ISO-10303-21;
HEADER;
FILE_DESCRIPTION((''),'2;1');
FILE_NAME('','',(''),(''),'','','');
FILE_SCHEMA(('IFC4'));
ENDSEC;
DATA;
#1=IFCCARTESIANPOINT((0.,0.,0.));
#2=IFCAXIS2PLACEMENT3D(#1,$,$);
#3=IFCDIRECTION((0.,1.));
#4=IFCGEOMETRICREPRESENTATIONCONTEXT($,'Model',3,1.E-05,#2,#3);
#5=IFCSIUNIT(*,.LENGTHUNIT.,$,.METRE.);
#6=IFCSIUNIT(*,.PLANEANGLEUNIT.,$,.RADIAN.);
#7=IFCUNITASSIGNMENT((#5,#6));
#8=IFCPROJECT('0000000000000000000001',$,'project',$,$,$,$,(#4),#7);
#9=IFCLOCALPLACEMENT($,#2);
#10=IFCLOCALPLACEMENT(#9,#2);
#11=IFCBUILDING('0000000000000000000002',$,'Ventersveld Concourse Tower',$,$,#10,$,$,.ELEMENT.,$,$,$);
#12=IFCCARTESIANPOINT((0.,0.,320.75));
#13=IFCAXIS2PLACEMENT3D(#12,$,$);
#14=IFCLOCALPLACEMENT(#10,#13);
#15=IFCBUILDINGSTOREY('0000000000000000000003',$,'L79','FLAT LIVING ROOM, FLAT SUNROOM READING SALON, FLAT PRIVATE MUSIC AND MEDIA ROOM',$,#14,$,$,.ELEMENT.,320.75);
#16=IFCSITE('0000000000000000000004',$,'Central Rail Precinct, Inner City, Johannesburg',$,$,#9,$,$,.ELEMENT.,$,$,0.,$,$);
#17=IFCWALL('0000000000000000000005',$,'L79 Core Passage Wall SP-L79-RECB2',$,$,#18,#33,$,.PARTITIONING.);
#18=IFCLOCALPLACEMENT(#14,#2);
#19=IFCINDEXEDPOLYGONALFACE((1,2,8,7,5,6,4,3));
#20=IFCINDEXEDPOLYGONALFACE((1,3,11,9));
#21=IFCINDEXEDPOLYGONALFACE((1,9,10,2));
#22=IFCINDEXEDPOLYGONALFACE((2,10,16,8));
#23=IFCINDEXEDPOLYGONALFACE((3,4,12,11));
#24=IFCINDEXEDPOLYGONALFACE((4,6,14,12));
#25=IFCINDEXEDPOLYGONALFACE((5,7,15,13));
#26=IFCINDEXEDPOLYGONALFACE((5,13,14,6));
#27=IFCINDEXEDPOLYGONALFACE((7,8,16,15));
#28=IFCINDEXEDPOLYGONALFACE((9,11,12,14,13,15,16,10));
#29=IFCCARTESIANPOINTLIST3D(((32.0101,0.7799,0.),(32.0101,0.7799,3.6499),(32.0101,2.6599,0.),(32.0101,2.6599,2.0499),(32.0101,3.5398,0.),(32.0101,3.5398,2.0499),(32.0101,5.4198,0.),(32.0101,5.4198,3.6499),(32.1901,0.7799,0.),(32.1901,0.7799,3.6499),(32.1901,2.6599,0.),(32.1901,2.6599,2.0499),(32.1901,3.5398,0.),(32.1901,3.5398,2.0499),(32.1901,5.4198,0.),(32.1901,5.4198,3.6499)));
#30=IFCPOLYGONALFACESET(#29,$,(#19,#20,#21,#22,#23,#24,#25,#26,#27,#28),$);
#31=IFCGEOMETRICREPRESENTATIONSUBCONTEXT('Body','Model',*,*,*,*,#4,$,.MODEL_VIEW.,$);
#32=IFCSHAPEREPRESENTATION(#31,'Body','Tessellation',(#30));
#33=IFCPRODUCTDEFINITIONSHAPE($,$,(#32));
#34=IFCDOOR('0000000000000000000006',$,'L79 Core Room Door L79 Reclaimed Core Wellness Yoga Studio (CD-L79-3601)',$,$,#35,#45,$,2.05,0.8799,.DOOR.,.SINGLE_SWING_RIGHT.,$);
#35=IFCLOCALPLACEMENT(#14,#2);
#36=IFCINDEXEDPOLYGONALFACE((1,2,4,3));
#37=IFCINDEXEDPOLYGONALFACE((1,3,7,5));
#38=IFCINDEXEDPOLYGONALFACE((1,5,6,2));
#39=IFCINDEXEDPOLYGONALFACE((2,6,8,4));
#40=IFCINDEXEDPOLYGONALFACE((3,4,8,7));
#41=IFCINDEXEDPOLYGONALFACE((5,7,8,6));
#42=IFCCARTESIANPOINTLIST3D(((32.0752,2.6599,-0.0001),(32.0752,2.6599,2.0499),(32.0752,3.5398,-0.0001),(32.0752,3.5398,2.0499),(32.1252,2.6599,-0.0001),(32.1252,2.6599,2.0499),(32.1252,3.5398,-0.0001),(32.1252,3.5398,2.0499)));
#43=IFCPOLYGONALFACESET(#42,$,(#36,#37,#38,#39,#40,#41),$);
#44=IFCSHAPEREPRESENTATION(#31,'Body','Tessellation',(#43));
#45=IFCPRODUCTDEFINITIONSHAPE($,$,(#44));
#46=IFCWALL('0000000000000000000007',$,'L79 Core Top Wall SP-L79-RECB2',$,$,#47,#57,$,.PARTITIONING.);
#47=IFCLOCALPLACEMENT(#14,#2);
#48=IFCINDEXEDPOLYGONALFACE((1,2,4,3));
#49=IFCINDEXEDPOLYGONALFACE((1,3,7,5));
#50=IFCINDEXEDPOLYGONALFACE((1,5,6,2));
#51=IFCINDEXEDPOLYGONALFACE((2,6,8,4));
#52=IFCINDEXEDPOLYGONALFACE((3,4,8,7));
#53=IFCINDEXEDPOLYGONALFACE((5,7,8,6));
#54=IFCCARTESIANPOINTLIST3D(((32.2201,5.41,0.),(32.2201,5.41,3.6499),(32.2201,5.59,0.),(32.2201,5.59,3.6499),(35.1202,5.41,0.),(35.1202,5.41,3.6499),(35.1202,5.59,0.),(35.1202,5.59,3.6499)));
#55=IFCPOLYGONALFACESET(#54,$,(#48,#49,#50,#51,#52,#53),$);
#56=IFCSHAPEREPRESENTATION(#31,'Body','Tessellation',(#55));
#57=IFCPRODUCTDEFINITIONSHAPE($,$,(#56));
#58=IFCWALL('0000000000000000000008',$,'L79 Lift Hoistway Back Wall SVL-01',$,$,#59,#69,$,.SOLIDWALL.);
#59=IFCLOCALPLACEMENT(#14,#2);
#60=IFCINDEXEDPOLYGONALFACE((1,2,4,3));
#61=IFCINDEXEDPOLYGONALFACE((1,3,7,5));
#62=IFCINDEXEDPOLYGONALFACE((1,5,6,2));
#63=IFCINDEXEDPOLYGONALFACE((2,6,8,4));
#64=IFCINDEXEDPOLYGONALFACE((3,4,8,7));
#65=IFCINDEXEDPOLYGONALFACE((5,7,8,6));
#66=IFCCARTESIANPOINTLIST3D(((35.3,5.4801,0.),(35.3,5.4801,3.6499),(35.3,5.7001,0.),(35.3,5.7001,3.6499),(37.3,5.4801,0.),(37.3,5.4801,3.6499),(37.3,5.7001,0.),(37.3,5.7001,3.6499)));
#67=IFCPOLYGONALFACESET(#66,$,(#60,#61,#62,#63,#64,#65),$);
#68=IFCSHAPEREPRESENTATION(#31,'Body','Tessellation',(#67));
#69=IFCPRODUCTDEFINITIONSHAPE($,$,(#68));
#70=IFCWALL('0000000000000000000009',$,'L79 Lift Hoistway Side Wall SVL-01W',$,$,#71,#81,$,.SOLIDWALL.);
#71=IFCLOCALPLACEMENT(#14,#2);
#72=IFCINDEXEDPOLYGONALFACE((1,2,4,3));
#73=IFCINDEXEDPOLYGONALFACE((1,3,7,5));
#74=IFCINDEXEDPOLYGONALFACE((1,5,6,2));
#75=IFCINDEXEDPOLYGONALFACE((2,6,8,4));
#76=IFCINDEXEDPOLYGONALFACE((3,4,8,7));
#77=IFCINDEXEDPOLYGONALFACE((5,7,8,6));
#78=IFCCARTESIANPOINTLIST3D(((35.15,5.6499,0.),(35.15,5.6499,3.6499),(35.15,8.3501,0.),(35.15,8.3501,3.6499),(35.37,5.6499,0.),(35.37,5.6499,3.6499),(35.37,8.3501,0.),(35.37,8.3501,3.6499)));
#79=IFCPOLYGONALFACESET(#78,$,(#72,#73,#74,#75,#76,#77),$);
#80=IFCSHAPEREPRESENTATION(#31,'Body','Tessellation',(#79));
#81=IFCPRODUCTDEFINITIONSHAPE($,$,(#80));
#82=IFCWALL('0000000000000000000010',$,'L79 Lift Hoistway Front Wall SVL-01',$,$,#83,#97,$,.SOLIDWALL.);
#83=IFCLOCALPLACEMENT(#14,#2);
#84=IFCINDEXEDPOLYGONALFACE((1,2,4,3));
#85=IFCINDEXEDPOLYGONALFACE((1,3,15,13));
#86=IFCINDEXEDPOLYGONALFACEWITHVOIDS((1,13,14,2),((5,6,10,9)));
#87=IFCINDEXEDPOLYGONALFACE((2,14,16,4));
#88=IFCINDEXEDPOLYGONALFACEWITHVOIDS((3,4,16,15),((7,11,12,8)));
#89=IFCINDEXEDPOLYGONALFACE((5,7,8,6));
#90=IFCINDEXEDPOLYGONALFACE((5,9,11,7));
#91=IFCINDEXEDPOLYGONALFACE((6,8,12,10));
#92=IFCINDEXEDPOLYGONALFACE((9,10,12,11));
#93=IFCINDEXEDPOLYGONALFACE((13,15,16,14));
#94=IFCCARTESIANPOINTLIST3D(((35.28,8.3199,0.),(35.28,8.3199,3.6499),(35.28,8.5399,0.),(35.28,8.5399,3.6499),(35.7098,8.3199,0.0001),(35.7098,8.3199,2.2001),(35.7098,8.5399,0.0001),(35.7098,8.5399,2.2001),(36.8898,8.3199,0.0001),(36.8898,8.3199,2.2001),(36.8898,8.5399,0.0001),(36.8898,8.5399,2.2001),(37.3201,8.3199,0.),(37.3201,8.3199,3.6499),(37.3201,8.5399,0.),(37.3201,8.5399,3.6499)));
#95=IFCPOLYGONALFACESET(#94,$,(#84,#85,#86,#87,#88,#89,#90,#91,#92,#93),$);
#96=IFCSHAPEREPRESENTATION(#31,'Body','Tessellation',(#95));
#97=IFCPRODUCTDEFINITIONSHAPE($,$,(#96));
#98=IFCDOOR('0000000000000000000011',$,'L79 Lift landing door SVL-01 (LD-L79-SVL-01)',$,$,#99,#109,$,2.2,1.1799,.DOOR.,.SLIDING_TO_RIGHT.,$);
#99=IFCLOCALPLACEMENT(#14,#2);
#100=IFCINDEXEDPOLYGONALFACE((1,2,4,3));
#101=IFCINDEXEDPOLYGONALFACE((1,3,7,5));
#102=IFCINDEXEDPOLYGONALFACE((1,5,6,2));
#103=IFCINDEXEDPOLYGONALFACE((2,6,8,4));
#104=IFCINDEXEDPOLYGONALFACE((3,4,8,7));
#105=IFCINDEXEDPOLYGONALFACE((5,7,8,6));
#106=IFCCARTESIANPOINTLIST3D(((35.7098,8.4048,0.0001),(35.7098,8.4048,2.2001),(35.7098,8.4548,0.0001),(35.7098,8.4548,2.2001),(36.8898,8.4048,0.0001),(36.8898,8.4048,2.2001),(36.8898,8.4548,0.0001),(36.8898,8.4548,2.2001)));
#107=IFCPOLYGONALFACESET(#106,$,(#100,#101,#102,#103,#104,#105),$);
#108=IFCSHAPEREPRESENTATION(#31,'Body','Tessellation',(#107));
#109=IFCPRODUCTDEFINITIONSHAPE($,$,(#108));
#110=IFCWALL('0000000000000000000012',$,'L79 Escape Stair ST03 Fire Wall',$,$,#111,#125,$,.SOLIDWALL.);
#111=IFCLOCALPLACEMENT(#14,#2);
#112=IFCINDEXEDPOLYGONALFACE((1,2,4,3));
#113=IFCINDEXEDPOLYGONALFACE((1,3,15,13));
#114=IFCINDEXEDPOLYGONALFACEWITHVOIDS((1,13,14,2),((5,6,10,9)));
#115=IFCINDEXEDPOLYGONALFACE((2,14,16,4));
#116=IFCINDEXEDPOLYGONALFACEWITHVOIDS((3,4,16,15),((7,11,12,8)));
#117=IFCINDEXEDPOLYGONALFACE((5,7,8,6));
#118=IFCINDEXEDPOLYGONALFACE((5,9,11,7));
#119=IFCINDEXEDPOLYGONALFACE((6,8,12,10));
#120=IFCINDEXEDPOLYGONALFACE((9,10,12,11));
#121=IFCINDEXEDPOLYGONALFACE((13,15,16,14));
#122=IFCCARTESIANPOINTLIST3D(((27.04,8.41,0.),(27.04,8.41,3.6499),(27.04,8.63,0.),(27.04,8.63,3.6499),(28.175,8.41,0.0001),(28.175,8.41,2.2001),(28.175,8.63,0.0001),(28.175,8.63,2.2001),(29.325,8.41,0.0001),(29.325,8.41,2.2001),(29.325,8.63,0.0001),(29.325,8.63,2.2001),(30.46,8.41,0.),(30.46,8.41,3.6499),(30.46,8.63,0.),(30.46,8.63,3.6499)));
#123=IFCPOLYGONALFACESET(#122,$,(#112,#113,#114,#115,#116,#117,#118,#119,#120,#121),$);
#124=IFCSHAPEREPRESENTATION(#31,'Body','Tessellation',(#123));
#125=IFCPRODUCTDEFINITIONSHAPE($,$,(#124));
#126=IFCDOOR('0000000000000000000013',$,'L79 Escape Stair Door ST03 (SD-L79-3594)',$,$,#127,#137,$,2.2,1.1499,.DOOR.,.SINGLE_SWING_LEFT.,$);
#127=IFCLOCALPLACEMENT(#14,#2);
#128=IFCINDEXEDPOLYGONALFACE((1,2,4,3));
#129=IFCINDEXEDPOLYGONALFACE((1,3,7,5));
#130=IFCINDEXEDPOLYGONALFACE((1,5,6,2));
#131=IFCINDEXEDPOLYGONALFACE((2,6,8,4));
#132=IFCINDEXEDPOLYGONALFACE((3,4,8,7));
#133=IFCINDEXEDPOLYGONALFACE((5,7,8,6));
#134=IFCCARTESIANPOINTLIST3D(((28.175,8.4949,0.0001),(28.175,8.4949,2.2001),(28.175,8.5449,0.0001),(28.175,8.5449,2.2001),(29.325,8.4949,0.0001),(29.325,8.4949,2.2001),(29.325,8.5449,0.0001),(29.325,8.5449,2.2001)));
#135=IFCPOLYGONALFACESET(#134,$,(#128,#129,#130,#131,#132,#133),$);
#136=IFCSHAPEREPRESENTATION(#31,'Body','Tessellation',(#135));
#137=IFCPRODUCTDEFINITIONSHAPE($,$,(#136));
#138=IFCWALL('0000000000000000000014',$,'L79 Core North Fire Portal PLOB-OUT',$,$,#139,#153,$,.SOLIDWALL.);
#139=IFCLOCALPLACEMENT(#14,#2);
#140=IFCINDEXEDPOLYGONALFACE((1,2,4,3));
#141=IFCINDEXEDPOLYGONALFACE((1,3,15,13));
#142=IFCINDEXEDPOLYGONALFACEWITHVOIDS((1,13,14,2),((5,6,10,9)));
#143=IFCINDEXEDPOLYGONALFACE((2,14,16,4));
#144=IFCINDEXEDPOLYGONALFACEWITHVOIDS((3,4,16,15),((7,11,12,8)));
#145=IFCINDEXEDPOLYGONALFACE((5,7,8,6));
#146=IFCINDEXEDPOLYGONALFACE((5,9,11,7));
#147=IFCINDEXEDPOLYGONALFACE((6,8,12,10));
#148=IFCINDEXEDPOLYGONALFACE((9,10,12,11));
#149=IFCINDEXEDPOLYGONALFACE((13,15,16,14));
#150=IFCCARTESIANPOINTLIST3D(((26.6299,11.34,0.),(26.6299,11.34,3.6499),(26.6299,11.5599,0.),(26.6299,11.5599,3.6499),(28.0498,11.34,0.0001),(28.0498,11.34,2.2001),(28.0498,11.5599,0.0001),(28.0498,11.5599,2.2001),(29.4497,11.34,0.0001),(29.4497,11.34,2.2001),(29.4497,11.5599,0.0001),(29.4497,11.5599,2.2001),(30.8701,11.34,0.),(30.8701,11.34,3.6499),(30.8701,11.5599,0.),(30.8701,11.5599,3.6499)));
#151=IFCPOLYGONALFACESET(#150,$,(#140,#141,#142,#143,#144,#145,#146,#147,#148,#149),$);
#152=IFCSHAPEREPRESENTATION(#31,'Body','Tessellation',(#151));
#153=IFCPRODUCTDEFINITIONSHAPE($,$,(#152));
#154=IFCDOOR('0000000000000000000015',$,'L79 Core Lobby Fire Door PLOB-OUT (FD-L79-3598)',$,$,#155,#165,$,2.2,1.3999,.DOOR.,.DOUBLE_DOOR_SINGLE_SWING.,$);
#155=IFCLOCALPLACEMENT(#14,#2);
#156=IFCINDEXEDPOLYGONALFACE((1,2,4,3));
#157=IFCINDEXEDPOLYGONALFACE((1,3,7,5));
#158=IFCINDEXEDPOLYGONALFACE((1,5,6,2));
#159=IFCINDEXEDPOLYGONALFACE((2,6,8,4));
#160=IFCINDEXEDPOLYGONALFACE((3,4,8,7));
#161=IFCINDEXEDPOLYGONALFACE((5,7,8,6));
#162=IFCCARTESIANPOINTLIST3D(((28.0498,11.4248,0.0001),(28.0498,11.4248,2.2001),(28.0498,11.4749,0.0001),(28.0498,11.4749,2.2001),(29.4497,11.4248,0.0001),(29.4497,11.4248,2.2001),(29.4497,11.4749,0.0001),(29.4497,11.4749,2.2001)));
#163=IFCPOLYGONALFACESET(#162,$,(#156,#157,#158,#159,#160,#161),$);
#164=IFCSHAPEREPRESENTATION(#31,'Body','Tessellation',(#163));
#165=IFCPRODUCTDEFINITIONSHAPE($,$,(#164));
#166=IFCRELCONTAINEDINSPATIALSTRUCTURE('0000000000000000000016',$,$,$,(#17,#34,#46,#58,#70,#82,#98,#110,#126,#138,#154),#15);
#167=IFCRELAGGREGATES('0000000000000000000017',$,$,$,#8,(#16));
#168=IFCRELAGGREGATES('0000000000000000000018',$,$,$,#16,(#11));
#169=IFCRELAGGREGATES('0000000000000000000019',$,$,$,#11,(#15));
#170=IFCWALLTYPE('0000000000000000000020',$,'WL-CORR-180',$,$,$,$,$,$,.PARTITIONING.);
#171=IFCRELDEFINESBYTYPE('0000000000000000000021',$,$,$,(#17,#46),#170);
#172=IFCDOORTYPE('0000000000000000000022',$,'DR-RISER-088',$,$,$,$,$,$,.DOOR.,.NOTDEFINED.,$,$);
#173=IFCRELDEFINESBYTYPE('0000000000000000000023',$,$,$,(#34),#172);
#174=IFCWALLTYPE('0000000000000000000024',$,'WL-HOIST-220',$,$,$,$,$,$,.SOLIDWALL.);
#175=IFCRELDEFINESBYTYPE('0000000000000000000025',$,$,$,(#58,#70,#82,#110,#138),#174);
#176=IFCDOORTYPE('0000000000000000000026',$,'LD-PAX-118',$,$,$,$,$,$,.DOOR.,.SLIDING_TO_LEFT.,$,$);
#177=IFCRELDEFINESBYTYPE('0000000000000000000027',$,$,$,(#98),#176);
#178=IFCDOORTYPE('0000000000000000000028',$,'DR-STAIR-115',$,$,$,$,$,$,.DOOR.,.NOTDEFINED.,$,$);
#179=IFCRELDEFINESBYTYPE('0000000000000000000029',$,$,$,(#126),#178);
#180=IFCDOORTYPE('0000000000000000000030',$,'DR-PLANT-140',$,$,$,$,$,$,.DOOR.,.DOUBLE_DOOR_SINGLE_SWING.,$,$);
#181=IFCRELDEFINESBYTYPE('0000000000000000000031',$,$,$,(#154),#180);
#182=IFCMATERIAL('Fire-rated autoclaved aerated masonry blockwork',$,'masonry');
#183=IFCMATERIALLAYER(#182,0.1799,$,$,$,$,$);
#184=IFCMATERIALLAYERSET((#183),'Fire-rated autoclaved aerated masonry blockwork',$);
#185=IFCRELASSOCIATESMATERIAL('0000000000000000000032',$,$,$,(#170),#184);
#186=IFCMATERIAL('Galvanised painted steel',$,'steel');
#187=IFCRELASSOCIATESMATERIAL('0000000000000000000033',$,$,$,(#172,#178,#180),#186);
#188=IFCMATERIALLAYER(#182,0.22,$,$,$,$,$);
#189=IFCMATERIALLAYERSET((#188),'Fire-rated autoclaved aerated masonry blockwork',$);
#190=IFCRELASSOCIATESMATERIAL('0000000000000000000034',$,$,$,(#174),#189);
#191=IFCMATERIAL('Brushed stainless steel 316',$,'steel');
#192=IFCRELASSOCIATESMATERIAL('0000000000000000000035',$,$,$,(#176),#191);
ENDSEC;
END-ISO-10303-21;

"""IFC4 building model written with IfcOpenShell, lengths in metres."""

from ifc_helpers import new_model, si_unit, direction, frame, frame_2d, origin, place, context, subcontext, project, spatial, rectangle, extrude, material, layer, layer_set, type_object, element, fill, save


model = new_model("IFC4")

# Units and contexts
model_context = context("Model", 3, precision=1e-05, world=origin(), true_north=direction((0.0, 1.0)))
body_context = subcontext(model_context, "Body", "Model", "MODEL_VIEW")
ifc_project = project(units=[si_unit("LENGTHUNIT", "METRE"), si_unit("PLANEANGLEUNIT", "RADIAN")], contexts=[model_context])

# Site, building, storey
site_placement = place(None, origin())
site = spatial("IfcSite", under=ifc_project, at=site_placement, Name="Central Rail Precinct, Inner City, Johannesburg", CompositionType="ELEMENT", RefElevation=0.0)
building_placement = place(site_placement, origin())
building = spatial("IfcBuilding", under=site, at=building_placement, Name="Ventersveld Concourse Tower", CompositionType="ELEMENT")
storey_placement = place(building_placement, frame((0.0, 0.0, 320.75)))
storey = spatial("IfcBuildingStorey", under=building, at=storey_placement, Name="L79", Description="FLAT LIVING ROOM, FLAT SUNROOM READING SALON, FLAT PRIVATE MUSIC AND MEDIA ROOM", CompositionType="ELEMENT", Elevation=320.75)

# Wall, opening, door
ifc_material_1 = material(Name="Fire-rated autoclaved aerated masonry blockwork", Category="masonry")
ifc_layer_1 = layer(ifc_material_1, 0.1799)
ifc_layer_set_1 = layer_set([ifc_layer_1], Name="Fire-rated autoclaved aerated masonry blockwork")
wall_type_1 = type_object("IfcWallType", Name="WL-CORR-180", PredefinedType="PARTITIONING", material=ifc_layer_set_1)
wall_1_placement = place(storey_placement, frame((32.1001, 0.78, 0.0), z_axis=(0.0, 0.0, 1.0), x_axis=(0.0, 1.0, 0.0)))
wall_1 = element("IfcWall", 1, at=wall_1_placement, inside=storey, type_object=wall_type_1, Name="L79 Core Passage Wall SP-L79-RECB2", PredefinedType="PARTITIONING", context=body_context, shape_type="SweptSolid", body=[
    extrude(rectangle(XDim=4.6399, YDim=0.1799, at=frame_2d((2.3198, 0.0))), origin(), (0.0, 0.0, 1.0), 3.6499),
])
opening_1_placement = place(wall_1_placement, frame((1.8799, 0.0, 0.0)))
opening_1 = element("IfcOpeningElement", 2, at=opening_1_placement, cuts=wall_1, PredefinedType="OPENING", context=body_context, shape_type="SweptSolid", body=[
    extrude(rectangle(XDim=0.8799, YDim=2.05, at=frame_2d((0.4399, 1.0249))), frame((0.0, 0.1001, 0.0), z_axis=(0.0, -1.0, 0.0), x_axis=(1.0, 0.0, 0.0)), (0.0, 0.0, 1.0), 0.2),
])
ifc_material_2 = material(Name="Galvanised painted steel", Category="steel")
door_type_1 = type_object("IfcDoorType", Name="DR-RISER-088", OperationType="NOTDEFINED", PredefinedType="DOOR", material=ifc_material_2)
door_1_placement = place(opening_1_placement, origin())
door_1 = element("IfcDoor", 3, at=door_1_placement, inside=storey, type_object=door_type_1, Name="L79 Core Room Door L79 Reclaimed Core Wellness Yoga Studio (CD-L79-3601)", OperationType="SINGLE_SWING_RIGHT", OverallHeight=2.05, OverallWidth=0.8799, PredefinedType="DOOR", context=body_context, shape_type="SweptSolid", body=[
    extrude(rectangle(XDim=0.8799, YDim=2.05, at=frame_2d((0.4399, 1.0249))), frame((0.0, 0.0249, 0.0), z_axis=(0.0, -1.0, 0.0), x_axis=(1.0, 0.0, 0.0)), (0.0, 0.0, 1.0), 0.05),
])
fill(opening_1, door_1)

# Walls
wall_2_placement = place(storey_placement, frame((32.22, 5.5, 0.0), z_axis=(0.0, 0.0, 1.0), x_axis=(1.0, 0.0, 0.0)))
element("IfcWall", 4, at=wall_2_placement, inside=storey, type_object=wall_type_1, Name="L79 Core Top Wall SP-L79-RECB2", PredefinedType="PARTITIONING", context=body_context, shape_type="SweptSolid", body=[
    extrude(rectangle(XDim=2.9001, YDim=0.1799, at=frame_2d((1.4502, 0.0))), origin(), (0.0, 0.0, 1.0), 3.6499),
])
ifc_layer_2 = layer(ifc_material_1, 0.22)
ifc_layer_set_2 = layer_set([ifc_layer_2], Name="Fire-rated autoclaved aerated masonry blockwork")
wall_type_2 = type_object("IfcWallType", Name="WL-HOIST-220", PredefinedType="SOLIDWALL", material=ifc_layer_set_2)
wall_3_placement = place(storey_placement, frame((35.3, 5.5901, 0.0), z_axis=(0.0, 0.0, 1.0), x_axis=(1.0, 0.0, 0.0)))
element("IfcWall", 5, at=wall_3_placement, inside=storey, type_object=wall_type_2, Name="L79 Lift Hoistway Back Wall SVL-01", PredefinedType="SOLIDWALL", context=body_context, shape_type="SweptSolid", body=[
    extrude(rectangle(XDim=2.0, YDim=0.22, at=frame_2d((1.0, 0.0))), origin(), (0.0, 0.0, 1.0), 3.6499),
])
wall_4_placement = place(storey_placement, frame((35.26, 5.6499, 0.0), z_axis=(0.0, 0.0, 1.0), x_axis=(0.0, 1.0, 0.0)))
element("IfcWall", 6, at=wall_4_placement, inside=storey, type_object=wall_type_2, Name="L79 Lift Hoistway Side Wall SVL-01W", PredefinedType="SOLIDWALL", context=body_context, shape_type="SweptSolid", body=[
    extrude(rectangle(XDim=2.7002, YDim=0.22, at=frame_2d((1.3501, 0.0))), origin(), (0.0, 0.0, 1.0), 3.6499),
])

# Walls, openings, doors
wall_5_placement = place(storey_placement, frame((35.28, 8.4299, 0.0), z_axis=(0.0, 0.0, 1.0), x_axis=(1.0, 0.0, 0.0)))
wall_5 = element("IfcWall", 7, at=wall_5_placement, inside=storey, type_object=wall_type_2, Name="L79 Lift Hoistway Front Wall SVL-01", PredefinedType="SOLIDWALL", context=body_context, shape_type="SweptSolid", body=[
    extrude(rectangle(XDim=2.04, YDim=0.22, at=frame_2d((1.02, 0.0))), origin(), (0.0, 0.0, 1.0), 3.6499),
])
opening_2_placement = place(wall_5_placement, frame((0.4299, 0.0, 0.0)))
opening_2 = element("IfcOpeningElement", 8, at=opening_2_placement, cuts=wall_5, PredefinedType="OPENING", context=body_context, shape_type="SweptSolid", body=[
    extrude(rectangle(XDim=1.1799, YDim=2.2, at=frame_2d((0.5898, 1.1001))), frame((0.0, 0.1201, 0.0), z_axis=(0.0, -1.0, 0.0), x_axis=(1.0, 0.0, 0.0)), (0.0, 0.0, 1.0), 0.24),
])
ifc_material_3 = material(Name="Brushed stainless steel 316", Category="steel")
door_type_2 = type_object("IfcDoorType", Name="LD-PAX-118", OperationType="SLIDING_TO_LEFT", PredefinedType="DOOR", material=ifc_material_3)
door_2_placement = place(opening_2_placement, origin())
door_2 = element("IfcDoor", 9, at=door_2_placement, inside=storey, type_object=door_type_2, Name="L79 Lift landing door SVL-01 (LD-L79-SVL-01)", OperationType="SLIDING_TO_RIGHT", OverallHeight=2.2, OverallWidth=1.1799, PredefinedType="DOOR", context=body_context, shape_type="SweptSolid", body=[
    extrude(rectangle(XDim=1.1799, YDim=2.2, at=frame_2d((0.5898, 1.1001))), frame((0.0, 0.0249, 0.0), z_axis=(0.0, -1.0, 0.0), x_axis=(1.0, 0.0, 0.0)), (0.0, 0.0, 1.0), 0.05),
])
fill(opening_2, door_2)
wall_6_placement = place(storey_placement, frame((27.04, 8.52, 0.0), z_axis=(0.0, 0.0, 1.0), x_axis=(1.0, 0.0, 0.0)))
wall_6 = element("IfcWall", 10, at=wall_6_placement, inside=storey, type_object=wall_type_2, Name="L79 Escape Stair ST03 Fire Wall", PredefinedType="SOLIDWALL", context=body_context, shape_type="SweptSolid", body=[
    extrude(rectangle(XDim=3.4199, YDim=0.22, at=frame_2d((1.71, 0.0))), origin(), (0.0, 0.0, 1.0), 3.6499),
])
opening_3_placement = place(wall_6_placement, frame((1.135, 0.0, 0.0)))
opening_3 = element("IfcOpeningElement", 11, at=opening_3_placement, cuts=wall_6, PredefinedType="OPENING", context=body_context, shape_type="SweptSolid", body=[
    extrude(rectangle(XDim=1.1499, YDim=2.2, at=frame_2d((0.575, 1.1001))), frame((0.0, 0.1201, 0.0), z_axis=(0.0, -1.0, 0.0), x_axis=(1.0, 0.0, 0.0)), (0.0, 0.0, 1.0), 0.24),
])
door_type_3 = type_object("IfcDoorType", Name="DR-STAIR-115", OperationType="NOTDEFINED", PredefinedType="DOOR", material=ifc_material_2)
door_3_placement = place(opening_3_placement, origin())
door_3 = element("IfcDoor", 12, at=door_3_placement, inside=storey, type_object=door_type_3, Name="L79 Escape Stair Door ST03 (SD-L79-3594)", OperationType="SINGLE_SWING_LEFT", OverallHeight=2.2, OverallWidth=1.1499, PredefinedType="DOOR", context=body_context, shape_type="SweptSolid", body=[
    extrude(rectangle(XDim=1.1499, YDim=2.2, at=frame_2d((0.575, 1.1001))), frame((0.0, 0.0249, 0.0), z_axis=(0.0, -1.0, 0.0), x_axis=(1.0, 0.0, 0.0)), (0.0, 0.0, 1.0), 0.05),
])
fill(opening_3, door_3)
wall_7_placement = place(storey_placement, frame((26.6299, 11.45, 0.0), z_axis=(0.0, 0.0, 1.0), x_axis=(1.0, 0.0, 0.0)))
wall_7 = element("IfcWall", 13, at=wall_7_placement, inside=storey, type_object=wall_type_2, Name="L79 Core North Fire Portal PLOB-OUT", PredefinedType="SOLIDWALL", context=body_context, shape_type="SweptSolid", body=[
    extrude(rectangle(XDim=4.2402, YDim=0.22, at=frame_2d((2.1201, 0.0))), origin(), (0.0, 0.0, 1.0), 3.6499),
])
opening_4_placement = place(wall_7_placement, frame((1.4199, 0.0, 0.0)))
opening_4 = element("IfcOpeningElement", 14, at=opening_4_placement, cuts=wall_7, PredefinedType="OPENING", context=body_context, shape_type="SweptSolid", body=[
    extrude(rectangle(XDim=1.3999, YDim=2.2, at=frame_2d((0.7, 1.1001))), frame((0.0, 0.1201, 0.0), z_axis=(0.0, -1.0, 0.0), x_axis=(1.0, 0.0, 0.0)), (0.0, 0.0, 1.0), 0.24),
])
door_type_4 = type_object("IfcDoorType", Name="DR-PLANT-140", OperationType="DOUBLE_DOOR_SINGLE_SWING", PredefinedType="DOOR", material=ifc_material_2)
door_4_placement = place(opening_4_placement, origin())
door_4 = element("IfcDoor", 15, at=door_4_placement, inside=storey, type_object=door_type_4, Name="L79 Core Lobby Fire Door PLOB-OUT (FD-L79-3598)", OperationType="DOUBLE_DOOR_SINGLE_SWING", OverallHeight=2.2, OverallWidth=1.3999, PredefinedType="DOOR", context=body_context, shape_type="SweptSolid", body=[
    extrude(rectangle(XDim=1.3999, YDim=2.2, at=frame_2d((0.7, 1.1001))), frame((0.0, 0.0249, 0.0), z_axis=(0.0, -1.0, 0.0), x_axis=(1.0, 0.0, 0.0)), (0.0, 0.0, 1.0), 0.05),
])
fill(opening_4, door_4)

save(model, "model.ifc")
